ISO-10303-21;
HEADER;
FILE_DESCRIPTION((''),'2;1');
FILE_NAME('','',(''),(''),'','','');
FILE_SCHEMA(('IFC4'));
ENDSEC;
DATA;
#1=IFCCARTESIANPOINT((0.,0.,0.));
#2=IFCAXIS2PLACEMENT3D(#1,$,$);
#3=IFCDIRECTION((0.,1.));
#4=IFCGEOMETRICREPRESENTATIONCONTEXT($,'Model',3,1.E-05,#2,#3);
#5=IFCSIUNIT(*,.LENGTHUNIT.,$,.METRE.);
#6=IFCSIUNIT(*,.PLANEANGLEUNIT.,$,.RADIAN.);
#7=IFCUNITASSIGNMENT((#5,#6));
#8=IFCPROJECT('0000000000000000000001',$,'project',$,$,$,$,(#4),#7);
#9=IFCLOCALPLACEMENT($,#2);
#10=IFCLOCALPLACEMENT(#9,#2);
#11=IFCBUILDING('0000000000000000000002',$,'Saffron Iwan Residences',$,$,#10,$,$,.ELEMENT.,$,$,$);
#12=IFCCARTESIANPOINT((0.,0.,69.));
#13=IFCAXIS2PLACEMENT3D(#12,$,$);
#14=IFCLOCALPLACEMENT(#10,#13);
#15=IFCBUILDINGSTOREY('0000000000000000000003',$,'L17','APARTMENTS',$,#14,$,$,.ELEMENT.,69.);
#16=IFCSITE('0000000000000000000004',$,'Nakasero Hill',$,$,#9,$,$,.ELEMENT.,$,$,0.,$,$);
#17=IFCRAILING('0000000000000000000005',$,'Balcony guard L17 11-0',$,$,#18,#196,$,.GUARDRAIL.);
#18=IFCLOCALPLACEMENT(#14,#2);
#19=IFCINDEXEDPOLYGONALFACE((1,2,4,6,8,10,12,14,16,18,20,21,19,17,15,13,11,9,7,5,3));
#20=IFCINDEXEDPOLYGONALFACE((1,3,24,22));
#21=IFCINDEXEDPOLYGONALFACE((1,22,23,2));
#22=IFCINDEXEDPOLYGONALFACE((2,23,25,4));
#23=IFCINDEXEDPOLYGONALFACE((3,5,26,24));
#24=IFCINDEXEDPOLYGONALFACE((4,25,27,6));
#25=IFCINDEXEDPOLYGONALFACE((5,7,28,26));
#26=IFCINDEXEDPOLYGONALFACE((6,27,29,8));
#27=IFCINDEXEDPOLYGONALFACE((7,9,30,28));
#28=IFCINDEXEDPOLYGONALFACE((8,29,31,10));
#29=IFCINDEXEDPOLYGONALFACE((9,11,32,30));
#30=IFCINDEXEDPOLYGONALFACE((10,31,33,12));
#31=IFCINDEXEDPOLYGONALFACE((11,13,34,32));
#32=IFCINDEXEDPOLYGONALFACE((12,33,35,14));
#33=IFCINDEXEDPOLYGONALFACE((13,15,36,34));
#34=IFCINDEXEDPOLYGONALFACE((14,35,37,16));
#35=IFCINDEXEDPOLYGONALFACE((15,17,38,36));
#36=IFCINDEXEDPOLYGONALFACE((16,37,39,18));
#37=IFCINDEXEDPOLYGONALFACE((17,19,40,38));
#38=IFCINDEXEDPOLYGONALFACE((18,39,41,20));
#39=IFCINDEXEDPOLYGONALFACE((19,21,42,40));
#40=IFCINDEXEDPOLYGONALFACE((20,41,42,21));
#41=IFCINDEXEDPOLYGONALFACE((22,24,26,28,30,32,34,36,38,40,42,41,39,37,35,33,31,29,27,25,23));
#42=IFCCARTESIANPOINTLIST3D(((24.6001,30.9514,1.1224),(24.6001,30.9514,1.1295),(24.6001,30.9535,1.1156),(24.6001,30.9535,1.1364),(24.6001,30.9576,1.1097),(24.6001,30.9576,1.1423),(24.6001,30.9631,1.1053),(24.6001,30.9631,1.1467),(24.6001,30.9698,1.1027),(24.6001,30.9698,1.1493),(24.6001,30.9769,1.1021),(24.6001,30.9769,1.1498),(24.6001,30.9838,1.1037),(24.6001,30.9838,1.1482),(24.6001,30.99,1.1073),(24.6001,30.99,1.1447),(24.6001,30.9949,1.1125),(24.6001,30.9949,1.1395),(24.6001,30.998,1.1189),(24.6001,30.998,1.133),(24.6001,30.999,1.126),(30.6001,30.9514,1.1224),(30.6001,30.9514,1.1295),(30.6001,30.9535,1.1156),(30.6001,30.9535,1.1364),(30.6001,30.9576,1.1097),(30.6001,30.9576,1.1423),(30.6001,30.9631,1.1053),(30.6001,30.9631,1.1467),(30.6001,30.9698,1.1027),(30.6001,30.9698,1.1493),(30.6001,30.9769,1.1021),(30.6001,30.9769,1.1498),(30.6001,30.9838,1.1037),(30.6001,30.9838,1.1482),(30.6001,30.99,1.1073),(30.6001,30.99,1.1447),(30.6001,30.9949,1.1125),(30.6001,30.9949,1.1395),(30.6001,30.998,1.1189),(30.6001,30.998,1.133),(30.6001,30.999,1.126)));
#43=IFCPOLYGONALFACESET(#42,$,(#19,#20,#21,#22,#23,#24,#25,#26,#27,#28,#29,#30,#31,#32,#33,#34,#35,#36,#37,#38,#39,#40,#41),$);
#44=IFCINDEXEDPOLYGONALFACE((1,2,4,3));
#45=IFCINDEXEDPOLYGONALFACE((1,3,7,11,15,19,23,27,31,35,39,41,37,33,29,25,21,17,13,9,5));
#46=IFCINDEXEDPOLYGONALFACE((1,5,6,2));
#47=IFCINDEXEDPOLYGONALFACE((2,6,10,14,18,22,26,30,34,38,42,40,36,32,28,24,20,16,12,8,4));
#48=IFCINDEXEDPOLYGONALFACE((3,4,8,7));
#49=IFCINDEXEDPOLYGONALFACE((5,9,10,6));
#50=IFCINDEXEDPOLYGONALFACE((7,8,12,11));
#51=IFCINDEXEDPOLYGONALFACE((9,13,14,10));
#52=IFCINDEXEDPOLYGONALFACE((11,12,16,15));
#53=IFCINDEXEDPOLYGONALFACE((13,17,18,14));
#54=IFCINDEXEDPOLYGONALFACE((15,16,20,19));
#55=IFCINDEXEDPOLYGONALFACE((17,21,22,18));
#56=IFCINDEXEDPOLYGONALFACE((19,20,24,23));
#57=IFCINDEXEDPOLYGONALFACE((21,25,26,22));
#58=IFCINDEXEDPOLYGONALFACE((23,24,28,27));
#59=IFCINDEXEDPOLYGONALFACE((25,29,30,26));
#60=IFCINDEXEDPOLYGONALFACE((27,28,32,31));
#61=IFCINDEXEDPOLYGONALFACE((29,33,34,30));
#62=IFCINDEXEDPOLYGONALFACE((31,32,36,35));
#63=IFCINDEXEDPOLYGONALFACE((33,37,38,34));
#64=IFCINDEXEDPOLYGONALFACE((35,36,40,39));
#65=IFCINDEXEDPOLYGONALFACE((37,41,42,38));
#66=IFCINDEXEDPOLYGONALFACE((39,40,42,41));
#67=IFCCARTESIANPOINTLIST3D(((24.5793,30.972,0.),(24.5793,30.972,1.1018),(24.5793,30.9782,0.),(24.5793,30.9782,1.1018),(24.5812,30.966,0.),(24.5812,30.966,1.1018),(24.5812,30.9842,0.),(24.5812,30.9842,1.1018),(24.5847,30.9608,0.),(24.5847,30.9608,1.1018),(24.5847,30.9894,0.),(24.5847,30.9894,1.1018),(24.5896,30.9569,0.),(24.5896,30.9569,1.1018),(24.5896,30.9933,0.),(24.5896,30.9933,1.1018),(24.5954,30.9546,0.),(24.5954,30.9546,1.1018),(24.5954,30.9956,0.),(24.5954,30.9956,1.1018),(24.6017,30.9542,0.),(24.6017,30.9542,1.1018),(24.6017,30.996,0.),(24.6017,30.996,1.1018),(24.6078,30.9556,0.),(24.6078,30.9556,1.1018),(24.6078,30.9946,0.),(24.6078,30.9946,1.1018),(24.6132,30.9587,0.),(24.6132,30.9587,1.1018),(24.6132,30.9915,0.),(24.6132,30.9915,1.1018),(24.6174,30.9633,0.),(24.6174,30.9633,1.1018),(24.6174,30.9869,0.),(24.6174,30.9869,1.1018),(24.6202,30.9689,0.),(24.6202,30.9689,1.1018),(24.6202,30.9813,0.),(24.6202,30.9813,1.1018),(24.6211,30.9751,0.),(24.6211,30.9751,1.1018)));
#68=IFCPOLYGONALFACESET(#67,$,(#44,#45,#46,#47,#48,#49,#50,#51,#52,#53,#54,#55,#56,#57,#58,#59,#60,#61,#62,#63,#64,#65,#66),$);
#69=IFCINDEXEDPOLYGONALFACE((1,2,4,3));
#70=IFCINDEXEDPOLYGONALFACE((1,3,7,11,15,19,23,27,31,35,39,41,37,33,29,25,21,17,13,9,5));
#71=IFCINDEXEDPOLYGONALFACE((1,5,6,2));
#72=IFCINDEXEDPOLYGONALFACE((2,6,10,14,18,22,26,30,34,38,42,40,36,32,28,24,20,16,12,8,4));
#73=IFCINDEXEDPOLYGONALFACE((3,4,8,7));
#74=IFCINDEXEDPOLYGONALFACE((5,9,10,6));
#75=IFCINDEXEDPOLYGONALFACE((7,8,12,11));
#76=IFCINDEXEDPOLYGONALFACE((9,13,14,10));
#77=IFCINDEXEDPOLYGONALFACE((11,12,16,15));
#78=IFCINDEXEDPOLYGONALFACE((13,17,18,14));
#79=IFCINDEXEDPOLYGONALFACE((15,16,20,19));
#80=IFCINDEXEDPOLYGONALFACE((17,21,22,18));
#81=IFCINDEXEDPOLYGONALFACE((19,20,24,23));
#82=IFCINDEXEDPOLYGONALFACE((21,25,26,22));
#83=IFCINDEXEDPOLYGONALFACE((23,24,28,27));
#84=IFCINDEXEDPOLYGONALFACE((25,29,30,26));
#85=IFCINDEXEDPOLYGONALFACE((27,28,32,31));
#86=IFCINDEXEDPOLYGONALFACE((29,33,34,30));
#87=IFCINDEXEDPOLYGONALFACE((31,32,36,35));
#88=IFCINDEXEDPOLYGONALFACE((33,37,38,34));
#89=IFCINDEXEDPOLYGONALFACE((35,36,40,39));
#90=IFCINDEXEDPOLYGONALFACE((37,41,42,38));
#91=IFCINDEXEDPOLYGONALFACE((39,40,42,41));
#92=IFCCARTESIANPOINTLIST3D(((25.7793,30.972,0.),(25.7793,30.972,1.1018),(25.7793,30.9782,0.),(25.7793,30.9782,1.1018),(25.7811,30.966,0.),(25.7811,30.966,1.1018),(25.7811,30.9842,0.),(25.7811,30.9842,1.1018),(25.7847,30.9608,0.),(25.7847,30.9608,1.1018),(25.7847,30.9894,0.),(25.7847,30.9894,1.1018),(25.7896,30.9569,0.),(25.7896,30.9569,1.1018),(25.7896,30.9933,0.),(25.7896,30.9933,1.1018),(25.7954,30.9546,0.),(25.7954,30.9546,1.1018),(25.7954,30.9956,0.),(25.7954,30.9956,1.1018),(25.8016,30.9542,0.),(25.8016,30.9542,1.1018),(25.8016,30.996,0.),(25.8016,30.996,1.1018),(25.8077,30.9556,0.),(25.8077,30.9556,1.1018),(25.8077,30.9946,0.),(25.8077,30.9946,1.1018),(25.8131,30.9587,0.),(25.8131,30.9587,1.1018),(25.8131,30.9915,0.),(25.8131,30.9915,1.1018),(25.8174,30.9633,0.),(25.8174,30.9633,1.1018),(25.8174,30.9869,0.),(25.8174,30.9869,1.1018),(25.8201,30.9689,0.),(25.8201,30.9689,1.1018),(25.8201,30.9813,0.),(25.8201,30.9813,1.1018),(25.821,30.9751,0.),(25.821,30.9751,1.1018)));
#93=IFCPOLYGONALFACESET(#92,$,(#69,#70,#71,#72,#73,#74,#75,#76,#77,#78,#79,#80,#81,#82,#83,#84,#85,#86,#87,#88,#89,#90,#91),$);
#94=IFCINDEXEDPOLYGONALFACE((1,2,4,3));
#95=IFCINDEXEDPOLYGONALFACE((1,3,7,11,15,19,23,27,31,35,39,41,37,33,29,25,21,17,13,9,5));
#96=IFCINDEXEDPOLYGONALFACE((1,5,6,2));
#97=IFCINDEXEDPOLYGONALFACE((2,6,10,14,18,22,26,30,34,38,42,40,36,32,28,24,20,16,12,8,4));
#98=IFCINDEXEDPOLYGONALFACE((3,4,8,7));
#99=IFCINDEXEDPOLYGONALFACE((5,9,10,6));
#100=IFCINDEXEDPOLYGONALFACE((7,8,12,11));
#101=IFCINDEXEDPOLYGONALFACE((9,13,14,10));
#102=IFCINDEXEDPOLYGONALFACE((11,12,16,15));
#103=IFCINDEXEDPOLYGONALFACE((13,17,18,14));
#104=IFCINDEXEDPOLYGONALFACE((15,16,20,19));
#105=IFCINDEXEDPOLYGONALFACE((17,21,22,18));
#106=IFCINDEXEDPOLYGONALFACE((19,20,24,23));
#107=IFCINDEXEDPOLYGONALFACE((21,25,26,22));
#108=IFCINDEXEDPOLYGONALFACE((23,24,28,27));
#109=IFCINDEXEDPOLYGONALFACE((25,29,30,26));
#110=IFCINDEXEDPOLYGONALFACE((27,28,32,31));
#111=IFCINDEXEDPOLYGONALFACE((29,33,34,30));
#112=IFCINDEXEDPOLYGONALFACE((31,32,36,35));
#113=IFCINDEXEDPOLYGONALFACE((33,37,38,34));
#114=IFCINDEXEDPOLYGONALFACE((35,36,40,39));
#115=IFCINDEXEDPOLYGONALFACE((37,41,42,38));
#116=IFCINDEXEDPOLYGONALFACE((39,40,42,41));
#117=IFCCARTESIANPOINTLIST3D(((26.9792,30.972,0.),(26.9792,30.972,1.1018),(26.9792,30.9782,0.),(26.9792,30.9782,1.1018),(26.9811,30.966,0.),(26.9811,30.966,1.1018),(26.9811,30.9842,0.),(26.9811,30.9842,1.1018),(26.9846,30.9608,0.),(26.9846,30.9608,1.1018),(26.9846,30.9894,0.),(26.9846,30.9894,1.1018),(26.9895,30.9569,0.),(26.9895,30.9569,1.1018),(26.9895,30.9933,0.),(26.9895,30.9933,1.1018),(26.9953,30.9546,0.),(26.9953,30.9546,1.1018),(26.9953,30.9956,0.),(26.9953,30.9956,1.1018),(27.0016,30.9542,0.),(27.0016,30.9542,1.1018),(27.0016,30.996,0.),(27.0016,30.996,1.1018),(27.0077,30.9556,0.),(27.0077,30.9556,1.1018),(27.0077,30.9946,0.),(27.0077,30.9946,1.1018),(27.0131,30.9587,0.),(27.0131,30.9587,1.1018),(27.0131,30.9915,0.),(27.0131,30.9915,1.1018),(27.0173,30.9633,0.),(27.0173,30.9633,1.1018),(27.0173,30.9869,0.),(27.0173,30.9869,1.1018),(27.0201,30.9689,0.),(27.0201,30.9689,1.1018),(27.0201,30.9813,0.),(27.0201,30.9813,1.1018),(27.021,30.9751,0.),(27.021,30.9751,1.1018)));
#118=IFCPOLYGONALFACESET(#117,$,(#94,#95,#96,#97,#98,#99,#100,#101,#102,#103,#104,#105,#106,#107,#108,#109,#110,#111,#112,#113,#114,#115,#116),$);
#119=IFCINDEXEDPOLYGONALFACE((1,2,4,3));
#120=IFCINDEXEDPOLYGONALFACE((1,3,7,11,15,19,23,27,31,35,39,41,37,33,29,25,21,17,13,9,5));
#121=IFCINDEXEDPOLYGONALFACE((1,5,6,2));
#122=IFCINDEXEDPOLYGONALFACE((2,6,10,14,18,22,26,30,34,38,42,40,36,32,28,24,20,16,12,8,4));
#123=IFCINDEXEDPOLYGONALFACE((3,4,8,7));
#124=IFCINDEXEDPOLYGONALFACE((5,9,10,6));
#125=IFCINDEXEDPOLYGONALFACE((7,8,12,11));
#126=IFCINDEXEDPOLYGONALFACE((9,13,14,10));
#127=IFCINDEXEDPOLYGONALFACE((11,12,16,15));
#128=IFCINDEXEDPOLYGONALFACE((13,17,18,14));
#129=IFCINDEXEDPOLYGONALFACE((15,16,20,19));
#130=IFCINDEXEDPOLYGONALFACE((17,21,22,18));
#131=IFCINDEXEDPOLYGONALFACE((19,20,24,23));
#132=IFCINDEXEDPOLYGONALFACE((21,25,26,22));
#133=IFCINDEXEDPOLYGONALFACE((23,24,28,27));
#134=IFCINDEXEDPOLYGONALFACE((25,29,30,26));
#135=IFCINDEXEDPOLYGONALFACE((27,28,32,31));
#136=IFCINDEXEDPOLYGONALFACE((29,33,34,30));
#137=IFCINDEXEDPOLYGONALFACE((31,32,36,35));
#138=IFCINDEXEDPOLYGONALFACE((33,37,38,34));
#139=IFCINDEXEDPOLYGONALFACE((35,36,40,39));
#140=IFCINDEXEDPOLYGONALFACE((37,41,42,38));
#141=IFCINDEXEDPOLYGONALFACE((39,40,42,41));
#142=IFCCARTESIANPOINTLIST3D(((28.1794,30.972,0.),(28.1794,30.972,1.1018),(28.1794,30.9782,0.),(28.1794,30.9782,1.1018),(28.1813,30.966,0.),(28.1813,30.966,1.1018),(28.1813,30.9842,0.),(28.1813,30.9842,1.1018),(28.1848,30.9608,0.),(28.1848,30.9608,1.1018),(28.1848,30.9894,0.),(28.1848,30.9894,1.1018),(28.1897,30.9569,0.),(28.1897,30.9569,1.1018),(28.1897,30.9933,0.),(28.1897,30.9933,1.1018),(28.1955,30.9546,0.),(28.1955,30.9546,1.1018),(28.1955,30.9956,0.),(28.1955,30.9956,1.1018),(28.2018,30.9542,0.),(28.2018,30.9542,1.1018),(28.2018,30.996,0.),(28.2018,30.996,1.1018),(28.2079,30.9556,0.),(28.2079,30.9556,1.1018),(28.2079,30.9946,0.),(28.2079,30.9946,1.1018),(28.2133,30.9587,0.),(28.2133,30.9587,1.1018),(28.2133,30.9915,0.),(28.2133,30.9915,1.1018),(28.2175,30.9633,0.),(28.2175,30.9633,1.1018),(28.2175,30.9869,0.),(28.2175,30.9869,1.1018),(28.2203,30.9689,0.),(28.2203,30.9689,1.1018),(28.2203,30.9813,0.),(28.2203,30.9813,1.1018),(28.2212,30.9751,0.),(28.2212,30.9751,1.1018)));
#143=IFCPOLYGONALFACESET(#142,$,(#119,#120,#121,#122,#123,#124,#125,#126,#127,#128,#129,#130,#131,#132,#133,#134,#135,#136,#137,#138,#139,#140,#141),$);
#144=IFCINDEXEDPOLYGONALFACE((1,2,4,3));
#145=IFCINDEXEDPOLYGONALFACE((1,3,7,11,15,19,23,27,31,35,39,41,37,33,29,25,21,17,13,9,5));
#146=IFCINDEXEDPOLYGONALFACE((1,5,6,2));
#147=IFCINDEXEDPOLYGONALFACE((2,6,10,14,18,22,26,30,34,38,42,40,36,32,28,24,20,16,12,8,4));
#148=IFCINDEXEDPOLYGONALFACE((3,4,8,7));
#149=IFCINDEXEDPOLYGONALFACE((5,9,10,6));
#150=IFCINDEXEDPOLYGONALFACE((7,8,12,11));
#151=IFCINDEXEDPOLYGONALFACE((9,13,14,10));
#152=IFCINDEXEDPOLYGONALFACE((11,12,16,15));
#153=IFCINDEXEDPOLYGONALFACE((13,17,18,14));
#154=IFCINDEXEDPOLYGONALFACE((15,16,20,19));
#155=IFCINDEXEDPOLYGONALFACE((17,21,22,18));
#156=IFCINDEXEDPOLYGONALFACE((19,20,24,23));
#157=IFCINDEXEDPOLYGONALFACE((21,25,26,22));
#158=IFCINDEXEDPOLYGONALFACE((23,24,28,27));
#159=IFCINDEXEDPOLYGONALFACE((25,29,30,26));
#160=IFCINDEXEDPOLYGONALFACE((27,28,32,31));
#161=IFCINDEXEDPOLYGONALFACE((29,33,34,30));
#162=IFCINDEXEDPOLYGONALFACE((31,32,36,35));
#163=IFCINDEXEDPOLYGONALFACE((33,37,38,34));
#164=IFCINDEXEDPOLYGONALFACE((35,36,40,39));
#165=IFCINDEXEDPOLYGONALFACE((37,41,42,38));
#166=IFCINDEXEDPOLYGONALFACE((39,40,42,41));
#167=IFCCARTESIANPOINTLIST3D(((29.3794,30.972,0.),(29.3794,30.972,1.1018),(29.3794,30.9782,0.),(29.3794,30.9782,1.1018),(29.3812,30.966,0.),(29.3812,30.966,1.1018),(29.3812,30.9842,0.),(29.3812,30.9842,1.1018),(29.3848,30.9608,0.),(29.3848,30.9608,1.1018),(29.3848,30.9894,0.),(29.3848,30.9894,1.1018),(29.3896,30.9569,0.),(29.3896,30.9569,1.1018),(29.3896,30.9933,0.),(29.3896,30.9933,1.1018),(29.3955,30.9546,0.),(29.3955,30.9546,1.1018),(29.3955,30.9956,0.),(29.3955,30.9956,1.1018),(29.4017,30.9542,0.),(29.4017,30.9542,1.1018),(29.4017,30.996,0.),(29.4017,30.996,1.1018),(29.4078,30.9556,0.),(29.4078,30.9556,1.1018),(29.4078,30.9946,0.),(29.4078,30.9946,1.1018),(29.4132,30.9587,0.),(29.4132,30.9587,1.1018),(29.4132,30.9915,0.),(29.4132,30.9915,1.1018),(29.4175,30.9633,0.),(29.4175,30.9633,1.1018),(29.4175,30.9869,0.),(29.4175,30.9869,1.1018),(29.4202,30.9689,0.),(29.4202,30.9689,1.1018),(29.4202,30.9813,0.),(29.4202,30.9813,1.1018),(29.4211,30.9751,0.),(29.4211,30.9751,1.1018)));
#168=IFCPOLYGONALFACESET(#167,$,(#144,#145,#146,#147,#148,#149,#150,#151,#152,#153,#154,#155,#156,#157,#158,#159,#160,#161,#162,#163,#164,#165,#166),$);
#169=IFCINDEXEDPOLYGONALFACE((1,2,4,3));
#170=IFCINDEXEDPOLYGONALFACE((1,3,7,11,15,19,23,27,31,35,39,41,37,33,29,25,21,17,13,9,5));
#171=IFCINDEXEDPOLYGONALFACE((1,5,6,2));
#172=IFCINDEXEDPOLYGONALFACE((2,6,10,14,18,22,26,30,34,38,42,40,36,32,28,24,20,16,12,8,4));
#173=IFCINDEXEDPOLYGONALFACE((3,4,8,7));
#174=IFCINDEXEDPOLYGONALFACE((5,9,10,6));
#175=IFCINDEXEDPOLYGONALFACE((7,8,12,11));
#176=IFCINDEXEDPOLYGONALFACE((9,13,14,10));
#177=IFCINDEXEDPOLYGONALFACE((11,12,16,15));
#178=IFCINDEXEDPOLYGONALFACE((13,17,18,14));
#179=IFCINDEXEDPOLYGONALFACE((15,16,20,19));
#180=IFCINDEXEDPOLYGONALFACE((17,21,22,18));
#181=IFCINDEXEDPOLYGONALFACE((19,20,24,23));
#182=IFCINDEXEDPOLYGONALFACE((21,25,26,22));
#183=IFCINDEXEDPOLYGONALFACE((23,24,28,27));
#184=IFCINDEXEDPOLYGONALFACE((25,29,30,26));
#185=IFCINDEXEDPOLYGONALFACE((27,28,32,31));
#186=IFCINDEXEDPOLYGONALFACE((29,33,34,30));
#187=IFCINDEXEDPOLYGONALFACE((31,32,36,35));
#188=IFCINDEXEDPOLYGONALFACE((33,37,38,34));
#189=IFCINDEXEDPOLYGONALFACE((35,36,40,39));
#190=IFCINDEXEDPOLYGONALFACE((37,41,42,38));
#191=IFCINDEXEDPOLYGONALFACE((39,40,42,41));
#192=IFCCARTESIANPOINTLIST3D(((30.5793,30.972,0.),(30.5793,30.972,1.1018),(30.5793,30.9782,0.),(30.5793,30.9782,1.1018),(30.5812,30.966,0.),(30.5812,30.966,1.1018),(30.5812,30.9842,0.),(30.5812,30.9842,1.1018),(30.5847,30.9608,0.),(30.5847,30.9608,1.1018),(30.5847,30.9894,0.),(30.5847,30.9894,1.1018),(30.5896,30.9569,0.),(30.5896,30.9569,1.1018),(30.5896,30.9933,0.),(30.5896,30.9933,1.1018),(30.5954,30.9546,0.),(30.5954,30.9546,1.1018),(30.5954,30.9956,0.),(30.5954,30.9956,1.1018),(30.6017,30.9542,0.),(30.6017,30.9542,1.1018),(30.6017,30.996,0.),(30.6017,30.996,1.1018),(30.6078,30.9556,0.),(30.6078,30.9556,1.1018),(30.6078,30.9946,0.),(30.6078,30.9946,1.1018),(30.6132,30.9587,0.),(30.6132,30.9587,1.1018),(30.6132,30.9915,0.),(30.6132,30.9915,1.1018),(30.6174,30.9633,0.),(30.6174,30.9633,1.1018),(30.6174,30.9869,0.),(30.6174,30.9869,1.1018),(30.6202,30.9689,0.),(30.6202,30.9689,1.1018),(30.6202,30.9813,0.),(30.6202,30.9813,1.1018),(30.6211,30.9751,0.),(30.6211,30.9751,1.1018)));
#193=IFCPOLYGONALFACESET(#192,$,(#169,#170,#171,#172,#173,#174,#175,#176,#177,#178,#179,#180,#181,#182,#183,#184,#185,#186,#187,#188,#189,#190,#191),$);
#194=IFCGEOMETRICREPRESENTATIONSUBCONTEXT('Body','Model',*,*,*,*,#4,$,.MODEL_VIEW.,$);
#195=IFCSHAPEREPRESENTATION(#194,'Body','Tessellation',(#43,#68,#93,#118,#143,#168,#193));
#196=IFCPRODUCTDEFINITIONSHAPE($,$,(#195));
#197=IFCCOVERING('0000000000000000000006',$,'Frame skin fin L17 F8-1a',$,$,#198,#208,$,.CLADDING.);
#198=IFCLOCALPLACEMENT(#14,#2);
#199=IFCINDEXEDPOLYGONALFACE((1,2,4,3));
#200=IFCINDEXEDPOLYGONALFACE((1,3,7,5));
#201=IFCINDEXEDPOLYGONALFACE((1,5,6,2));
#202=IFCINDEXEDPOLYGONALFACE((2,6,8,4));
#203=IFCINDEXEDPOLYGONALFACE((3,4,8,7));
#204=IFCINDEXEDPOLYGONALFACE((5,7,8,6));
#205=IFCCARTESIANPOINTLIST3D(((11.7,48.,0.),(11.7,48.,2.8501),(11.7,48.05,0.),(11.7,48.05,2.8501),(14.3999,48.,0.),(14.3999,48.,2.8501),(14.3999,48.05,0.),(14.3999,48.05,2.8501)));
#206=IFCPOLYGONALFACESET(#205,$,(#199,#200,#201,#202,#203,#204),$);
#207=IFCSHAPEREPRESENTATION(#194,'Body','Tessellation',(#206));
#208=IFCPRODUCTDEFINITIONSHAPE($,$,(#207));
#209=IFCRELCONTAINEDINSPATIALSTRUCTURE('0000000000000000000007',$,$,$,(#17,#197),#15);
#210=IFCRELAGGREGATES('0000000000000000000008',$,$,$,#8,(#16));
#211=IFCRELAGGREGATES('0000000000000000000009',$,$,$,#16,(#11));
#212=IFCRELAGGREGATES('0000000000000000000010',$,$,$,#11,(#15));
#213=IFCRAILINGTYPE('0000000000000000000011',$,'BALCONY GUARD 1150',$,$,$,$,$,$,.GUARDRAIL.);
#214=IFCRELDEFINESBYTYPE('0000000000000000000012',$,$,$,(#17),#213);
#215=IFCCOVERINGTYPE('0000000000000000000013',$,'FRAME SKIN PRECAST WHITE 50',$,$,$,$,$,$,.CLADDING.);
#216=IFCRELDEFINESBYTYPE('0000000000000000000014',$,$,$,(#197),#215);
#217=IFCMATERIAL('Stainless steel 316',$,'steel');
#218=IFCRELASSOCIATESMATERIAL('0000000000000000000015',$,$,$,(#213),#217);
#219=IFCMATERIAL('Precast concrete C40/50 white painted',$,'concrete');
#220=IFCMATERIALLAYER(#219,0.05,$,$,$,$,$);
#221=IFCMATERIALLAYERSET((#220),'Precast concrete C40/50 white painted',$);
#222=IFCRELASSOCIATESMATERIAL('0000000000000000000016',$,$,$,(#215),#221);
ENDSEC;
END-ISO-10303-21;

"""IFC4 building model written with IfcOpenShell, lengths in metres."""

from ifc_helpers import new_model, si_unit, direction, frame, origin, origin_2d, place, context, subcontext, project, spatial, polyline, circle, outline, extrude, material, layer, layer_set, type_object, element, save


model = new_model("IFC4")

# Units and contexts
model_context = context("Model", 3, precision=1e-05, world=origin(), true_north=direction((0.0, 1.0)))
body_context = subcontext(model_context, "Body", "Model", "MODEL_VIEW")
ifc_project = project(units=[si_unit("LENGTHUNIT", "METRE"), si_unit("PLANEANGLEUNIT", "RADIAN")], contexts=[model_context])

# Site, building, storey
site_placement = place(None, origin())
site = spatial("IfcSite", under=ifc_project, at=site_placement, Name="Nakasero Hill", CompositionType="ELEMENT", RefElevation=0.0)
building_placement = place(site_placement, origin())
building = spatial("IfcBuilding", under=site, at=building_placement, Name="Saffron Iwan Residences", CompositionType="ELEMENT")
storey_placement = place(building_placement, frame((0.0, 0.0, 69.0)))
storey = spatial("IfcBuildingStorey", under=building, at=storey_placement, Name="L17", Description="APARTMENTS", CompositionType="ELEMENT", Elevation=69.0)

# Railing
ifc_material_1 = material(Name="Stainless steel 316", Category="steel")
railing_type = type_object("IfcRailingType", Name="BALCONY GUARD 1150", PredefinedType="GUARDRAIL", material=ifc_material_1)
railing_placement = place(storey_placement, frame((24.6001, 30.9751, 0.0)))
element("IfcRailing", 1, at=railing_placement, inside=storey, type_object=railing_type, Name="Balcony guard L17 11-0", PredefinedType="GUARDRAIL", context=body_context, shape_type="SweptSolid", body=[
    extrude(circle(Radius=0.0239, at=origin_2d()), frame((0.0, 0.0, 1.126), z_axis=(1.0, 0.0, 0.0), x_axis=(0.0, 1.0, 0.0)), (0.0, 0.0, 1.0), 6.0),
    extrude(circle(Radius=0.021, at=origin_2d()), origin(), (0.0, 0.0, 1.0), 1.1018),
    extrude(circle(Radius=0.021, at=origin_2d()), frame((1.2, 0.0, 0.0)), (0.0, 0.0, 1.0), 1.1018),
    extrude(circle(Radius=0.021, at=origin_2d()), frame((2.3999, 0.0, 0.0)), (0.0, 0.0, 1.0), 1.1018),
    extrude(circle(Radius=0.021, at=origin_2d()), frame((3.6001, 0.0, 0.0)), (0.0, 0.0, 1.0), 1.1018),
    extrude(circle(Radius=0.021, at=origin_2d()), frame((4.8, 0.0, 0.0)), (0.0, 0.0, 1.0), 1.1018),
    extrude(circle(Radius=0.021, at=origin_2d()), frame((6.0, 0.0, 0.0)), (0.0, 0.0, 1.0), 1.1018),
])

# Covering
ifc_material_2 = material(Name="Precast concrete C40/50 white painted", Category="concrete")
ifc_layer_1 = layer(ifc_material_2, 0.05)
ifc_layer_set_1 = layer_set([ifc_layer_1], Name="Precast concrete C40/50 white painted")
covering_type_1 = type_object("IfcCoveringType", Name="FRAME SKIN PRECAST WHITE 50", PredefinedType="CLADDING", material=ifc_layer_set_1)
covering_1_placement = place(storey_placement, origin())
element("IfcCovering", 2, at=covering_1_placement, inside=storey, type_object=covering_type_1, Name="Frame skin fin L17 F8-1a", PredefinedType="CLADDING", context=body_context, shape_type="SweptSolid", body=[
    extrude(outline(polyline([(11.7, 48.05), (11.7, 48.0), (14.3999, 48.0), (14.3999, 48.05), (11.7, 48.05)])), origin(), (0.0, 0.0, 1.0), 2.8501),
])

save(model, "model.ifc")
